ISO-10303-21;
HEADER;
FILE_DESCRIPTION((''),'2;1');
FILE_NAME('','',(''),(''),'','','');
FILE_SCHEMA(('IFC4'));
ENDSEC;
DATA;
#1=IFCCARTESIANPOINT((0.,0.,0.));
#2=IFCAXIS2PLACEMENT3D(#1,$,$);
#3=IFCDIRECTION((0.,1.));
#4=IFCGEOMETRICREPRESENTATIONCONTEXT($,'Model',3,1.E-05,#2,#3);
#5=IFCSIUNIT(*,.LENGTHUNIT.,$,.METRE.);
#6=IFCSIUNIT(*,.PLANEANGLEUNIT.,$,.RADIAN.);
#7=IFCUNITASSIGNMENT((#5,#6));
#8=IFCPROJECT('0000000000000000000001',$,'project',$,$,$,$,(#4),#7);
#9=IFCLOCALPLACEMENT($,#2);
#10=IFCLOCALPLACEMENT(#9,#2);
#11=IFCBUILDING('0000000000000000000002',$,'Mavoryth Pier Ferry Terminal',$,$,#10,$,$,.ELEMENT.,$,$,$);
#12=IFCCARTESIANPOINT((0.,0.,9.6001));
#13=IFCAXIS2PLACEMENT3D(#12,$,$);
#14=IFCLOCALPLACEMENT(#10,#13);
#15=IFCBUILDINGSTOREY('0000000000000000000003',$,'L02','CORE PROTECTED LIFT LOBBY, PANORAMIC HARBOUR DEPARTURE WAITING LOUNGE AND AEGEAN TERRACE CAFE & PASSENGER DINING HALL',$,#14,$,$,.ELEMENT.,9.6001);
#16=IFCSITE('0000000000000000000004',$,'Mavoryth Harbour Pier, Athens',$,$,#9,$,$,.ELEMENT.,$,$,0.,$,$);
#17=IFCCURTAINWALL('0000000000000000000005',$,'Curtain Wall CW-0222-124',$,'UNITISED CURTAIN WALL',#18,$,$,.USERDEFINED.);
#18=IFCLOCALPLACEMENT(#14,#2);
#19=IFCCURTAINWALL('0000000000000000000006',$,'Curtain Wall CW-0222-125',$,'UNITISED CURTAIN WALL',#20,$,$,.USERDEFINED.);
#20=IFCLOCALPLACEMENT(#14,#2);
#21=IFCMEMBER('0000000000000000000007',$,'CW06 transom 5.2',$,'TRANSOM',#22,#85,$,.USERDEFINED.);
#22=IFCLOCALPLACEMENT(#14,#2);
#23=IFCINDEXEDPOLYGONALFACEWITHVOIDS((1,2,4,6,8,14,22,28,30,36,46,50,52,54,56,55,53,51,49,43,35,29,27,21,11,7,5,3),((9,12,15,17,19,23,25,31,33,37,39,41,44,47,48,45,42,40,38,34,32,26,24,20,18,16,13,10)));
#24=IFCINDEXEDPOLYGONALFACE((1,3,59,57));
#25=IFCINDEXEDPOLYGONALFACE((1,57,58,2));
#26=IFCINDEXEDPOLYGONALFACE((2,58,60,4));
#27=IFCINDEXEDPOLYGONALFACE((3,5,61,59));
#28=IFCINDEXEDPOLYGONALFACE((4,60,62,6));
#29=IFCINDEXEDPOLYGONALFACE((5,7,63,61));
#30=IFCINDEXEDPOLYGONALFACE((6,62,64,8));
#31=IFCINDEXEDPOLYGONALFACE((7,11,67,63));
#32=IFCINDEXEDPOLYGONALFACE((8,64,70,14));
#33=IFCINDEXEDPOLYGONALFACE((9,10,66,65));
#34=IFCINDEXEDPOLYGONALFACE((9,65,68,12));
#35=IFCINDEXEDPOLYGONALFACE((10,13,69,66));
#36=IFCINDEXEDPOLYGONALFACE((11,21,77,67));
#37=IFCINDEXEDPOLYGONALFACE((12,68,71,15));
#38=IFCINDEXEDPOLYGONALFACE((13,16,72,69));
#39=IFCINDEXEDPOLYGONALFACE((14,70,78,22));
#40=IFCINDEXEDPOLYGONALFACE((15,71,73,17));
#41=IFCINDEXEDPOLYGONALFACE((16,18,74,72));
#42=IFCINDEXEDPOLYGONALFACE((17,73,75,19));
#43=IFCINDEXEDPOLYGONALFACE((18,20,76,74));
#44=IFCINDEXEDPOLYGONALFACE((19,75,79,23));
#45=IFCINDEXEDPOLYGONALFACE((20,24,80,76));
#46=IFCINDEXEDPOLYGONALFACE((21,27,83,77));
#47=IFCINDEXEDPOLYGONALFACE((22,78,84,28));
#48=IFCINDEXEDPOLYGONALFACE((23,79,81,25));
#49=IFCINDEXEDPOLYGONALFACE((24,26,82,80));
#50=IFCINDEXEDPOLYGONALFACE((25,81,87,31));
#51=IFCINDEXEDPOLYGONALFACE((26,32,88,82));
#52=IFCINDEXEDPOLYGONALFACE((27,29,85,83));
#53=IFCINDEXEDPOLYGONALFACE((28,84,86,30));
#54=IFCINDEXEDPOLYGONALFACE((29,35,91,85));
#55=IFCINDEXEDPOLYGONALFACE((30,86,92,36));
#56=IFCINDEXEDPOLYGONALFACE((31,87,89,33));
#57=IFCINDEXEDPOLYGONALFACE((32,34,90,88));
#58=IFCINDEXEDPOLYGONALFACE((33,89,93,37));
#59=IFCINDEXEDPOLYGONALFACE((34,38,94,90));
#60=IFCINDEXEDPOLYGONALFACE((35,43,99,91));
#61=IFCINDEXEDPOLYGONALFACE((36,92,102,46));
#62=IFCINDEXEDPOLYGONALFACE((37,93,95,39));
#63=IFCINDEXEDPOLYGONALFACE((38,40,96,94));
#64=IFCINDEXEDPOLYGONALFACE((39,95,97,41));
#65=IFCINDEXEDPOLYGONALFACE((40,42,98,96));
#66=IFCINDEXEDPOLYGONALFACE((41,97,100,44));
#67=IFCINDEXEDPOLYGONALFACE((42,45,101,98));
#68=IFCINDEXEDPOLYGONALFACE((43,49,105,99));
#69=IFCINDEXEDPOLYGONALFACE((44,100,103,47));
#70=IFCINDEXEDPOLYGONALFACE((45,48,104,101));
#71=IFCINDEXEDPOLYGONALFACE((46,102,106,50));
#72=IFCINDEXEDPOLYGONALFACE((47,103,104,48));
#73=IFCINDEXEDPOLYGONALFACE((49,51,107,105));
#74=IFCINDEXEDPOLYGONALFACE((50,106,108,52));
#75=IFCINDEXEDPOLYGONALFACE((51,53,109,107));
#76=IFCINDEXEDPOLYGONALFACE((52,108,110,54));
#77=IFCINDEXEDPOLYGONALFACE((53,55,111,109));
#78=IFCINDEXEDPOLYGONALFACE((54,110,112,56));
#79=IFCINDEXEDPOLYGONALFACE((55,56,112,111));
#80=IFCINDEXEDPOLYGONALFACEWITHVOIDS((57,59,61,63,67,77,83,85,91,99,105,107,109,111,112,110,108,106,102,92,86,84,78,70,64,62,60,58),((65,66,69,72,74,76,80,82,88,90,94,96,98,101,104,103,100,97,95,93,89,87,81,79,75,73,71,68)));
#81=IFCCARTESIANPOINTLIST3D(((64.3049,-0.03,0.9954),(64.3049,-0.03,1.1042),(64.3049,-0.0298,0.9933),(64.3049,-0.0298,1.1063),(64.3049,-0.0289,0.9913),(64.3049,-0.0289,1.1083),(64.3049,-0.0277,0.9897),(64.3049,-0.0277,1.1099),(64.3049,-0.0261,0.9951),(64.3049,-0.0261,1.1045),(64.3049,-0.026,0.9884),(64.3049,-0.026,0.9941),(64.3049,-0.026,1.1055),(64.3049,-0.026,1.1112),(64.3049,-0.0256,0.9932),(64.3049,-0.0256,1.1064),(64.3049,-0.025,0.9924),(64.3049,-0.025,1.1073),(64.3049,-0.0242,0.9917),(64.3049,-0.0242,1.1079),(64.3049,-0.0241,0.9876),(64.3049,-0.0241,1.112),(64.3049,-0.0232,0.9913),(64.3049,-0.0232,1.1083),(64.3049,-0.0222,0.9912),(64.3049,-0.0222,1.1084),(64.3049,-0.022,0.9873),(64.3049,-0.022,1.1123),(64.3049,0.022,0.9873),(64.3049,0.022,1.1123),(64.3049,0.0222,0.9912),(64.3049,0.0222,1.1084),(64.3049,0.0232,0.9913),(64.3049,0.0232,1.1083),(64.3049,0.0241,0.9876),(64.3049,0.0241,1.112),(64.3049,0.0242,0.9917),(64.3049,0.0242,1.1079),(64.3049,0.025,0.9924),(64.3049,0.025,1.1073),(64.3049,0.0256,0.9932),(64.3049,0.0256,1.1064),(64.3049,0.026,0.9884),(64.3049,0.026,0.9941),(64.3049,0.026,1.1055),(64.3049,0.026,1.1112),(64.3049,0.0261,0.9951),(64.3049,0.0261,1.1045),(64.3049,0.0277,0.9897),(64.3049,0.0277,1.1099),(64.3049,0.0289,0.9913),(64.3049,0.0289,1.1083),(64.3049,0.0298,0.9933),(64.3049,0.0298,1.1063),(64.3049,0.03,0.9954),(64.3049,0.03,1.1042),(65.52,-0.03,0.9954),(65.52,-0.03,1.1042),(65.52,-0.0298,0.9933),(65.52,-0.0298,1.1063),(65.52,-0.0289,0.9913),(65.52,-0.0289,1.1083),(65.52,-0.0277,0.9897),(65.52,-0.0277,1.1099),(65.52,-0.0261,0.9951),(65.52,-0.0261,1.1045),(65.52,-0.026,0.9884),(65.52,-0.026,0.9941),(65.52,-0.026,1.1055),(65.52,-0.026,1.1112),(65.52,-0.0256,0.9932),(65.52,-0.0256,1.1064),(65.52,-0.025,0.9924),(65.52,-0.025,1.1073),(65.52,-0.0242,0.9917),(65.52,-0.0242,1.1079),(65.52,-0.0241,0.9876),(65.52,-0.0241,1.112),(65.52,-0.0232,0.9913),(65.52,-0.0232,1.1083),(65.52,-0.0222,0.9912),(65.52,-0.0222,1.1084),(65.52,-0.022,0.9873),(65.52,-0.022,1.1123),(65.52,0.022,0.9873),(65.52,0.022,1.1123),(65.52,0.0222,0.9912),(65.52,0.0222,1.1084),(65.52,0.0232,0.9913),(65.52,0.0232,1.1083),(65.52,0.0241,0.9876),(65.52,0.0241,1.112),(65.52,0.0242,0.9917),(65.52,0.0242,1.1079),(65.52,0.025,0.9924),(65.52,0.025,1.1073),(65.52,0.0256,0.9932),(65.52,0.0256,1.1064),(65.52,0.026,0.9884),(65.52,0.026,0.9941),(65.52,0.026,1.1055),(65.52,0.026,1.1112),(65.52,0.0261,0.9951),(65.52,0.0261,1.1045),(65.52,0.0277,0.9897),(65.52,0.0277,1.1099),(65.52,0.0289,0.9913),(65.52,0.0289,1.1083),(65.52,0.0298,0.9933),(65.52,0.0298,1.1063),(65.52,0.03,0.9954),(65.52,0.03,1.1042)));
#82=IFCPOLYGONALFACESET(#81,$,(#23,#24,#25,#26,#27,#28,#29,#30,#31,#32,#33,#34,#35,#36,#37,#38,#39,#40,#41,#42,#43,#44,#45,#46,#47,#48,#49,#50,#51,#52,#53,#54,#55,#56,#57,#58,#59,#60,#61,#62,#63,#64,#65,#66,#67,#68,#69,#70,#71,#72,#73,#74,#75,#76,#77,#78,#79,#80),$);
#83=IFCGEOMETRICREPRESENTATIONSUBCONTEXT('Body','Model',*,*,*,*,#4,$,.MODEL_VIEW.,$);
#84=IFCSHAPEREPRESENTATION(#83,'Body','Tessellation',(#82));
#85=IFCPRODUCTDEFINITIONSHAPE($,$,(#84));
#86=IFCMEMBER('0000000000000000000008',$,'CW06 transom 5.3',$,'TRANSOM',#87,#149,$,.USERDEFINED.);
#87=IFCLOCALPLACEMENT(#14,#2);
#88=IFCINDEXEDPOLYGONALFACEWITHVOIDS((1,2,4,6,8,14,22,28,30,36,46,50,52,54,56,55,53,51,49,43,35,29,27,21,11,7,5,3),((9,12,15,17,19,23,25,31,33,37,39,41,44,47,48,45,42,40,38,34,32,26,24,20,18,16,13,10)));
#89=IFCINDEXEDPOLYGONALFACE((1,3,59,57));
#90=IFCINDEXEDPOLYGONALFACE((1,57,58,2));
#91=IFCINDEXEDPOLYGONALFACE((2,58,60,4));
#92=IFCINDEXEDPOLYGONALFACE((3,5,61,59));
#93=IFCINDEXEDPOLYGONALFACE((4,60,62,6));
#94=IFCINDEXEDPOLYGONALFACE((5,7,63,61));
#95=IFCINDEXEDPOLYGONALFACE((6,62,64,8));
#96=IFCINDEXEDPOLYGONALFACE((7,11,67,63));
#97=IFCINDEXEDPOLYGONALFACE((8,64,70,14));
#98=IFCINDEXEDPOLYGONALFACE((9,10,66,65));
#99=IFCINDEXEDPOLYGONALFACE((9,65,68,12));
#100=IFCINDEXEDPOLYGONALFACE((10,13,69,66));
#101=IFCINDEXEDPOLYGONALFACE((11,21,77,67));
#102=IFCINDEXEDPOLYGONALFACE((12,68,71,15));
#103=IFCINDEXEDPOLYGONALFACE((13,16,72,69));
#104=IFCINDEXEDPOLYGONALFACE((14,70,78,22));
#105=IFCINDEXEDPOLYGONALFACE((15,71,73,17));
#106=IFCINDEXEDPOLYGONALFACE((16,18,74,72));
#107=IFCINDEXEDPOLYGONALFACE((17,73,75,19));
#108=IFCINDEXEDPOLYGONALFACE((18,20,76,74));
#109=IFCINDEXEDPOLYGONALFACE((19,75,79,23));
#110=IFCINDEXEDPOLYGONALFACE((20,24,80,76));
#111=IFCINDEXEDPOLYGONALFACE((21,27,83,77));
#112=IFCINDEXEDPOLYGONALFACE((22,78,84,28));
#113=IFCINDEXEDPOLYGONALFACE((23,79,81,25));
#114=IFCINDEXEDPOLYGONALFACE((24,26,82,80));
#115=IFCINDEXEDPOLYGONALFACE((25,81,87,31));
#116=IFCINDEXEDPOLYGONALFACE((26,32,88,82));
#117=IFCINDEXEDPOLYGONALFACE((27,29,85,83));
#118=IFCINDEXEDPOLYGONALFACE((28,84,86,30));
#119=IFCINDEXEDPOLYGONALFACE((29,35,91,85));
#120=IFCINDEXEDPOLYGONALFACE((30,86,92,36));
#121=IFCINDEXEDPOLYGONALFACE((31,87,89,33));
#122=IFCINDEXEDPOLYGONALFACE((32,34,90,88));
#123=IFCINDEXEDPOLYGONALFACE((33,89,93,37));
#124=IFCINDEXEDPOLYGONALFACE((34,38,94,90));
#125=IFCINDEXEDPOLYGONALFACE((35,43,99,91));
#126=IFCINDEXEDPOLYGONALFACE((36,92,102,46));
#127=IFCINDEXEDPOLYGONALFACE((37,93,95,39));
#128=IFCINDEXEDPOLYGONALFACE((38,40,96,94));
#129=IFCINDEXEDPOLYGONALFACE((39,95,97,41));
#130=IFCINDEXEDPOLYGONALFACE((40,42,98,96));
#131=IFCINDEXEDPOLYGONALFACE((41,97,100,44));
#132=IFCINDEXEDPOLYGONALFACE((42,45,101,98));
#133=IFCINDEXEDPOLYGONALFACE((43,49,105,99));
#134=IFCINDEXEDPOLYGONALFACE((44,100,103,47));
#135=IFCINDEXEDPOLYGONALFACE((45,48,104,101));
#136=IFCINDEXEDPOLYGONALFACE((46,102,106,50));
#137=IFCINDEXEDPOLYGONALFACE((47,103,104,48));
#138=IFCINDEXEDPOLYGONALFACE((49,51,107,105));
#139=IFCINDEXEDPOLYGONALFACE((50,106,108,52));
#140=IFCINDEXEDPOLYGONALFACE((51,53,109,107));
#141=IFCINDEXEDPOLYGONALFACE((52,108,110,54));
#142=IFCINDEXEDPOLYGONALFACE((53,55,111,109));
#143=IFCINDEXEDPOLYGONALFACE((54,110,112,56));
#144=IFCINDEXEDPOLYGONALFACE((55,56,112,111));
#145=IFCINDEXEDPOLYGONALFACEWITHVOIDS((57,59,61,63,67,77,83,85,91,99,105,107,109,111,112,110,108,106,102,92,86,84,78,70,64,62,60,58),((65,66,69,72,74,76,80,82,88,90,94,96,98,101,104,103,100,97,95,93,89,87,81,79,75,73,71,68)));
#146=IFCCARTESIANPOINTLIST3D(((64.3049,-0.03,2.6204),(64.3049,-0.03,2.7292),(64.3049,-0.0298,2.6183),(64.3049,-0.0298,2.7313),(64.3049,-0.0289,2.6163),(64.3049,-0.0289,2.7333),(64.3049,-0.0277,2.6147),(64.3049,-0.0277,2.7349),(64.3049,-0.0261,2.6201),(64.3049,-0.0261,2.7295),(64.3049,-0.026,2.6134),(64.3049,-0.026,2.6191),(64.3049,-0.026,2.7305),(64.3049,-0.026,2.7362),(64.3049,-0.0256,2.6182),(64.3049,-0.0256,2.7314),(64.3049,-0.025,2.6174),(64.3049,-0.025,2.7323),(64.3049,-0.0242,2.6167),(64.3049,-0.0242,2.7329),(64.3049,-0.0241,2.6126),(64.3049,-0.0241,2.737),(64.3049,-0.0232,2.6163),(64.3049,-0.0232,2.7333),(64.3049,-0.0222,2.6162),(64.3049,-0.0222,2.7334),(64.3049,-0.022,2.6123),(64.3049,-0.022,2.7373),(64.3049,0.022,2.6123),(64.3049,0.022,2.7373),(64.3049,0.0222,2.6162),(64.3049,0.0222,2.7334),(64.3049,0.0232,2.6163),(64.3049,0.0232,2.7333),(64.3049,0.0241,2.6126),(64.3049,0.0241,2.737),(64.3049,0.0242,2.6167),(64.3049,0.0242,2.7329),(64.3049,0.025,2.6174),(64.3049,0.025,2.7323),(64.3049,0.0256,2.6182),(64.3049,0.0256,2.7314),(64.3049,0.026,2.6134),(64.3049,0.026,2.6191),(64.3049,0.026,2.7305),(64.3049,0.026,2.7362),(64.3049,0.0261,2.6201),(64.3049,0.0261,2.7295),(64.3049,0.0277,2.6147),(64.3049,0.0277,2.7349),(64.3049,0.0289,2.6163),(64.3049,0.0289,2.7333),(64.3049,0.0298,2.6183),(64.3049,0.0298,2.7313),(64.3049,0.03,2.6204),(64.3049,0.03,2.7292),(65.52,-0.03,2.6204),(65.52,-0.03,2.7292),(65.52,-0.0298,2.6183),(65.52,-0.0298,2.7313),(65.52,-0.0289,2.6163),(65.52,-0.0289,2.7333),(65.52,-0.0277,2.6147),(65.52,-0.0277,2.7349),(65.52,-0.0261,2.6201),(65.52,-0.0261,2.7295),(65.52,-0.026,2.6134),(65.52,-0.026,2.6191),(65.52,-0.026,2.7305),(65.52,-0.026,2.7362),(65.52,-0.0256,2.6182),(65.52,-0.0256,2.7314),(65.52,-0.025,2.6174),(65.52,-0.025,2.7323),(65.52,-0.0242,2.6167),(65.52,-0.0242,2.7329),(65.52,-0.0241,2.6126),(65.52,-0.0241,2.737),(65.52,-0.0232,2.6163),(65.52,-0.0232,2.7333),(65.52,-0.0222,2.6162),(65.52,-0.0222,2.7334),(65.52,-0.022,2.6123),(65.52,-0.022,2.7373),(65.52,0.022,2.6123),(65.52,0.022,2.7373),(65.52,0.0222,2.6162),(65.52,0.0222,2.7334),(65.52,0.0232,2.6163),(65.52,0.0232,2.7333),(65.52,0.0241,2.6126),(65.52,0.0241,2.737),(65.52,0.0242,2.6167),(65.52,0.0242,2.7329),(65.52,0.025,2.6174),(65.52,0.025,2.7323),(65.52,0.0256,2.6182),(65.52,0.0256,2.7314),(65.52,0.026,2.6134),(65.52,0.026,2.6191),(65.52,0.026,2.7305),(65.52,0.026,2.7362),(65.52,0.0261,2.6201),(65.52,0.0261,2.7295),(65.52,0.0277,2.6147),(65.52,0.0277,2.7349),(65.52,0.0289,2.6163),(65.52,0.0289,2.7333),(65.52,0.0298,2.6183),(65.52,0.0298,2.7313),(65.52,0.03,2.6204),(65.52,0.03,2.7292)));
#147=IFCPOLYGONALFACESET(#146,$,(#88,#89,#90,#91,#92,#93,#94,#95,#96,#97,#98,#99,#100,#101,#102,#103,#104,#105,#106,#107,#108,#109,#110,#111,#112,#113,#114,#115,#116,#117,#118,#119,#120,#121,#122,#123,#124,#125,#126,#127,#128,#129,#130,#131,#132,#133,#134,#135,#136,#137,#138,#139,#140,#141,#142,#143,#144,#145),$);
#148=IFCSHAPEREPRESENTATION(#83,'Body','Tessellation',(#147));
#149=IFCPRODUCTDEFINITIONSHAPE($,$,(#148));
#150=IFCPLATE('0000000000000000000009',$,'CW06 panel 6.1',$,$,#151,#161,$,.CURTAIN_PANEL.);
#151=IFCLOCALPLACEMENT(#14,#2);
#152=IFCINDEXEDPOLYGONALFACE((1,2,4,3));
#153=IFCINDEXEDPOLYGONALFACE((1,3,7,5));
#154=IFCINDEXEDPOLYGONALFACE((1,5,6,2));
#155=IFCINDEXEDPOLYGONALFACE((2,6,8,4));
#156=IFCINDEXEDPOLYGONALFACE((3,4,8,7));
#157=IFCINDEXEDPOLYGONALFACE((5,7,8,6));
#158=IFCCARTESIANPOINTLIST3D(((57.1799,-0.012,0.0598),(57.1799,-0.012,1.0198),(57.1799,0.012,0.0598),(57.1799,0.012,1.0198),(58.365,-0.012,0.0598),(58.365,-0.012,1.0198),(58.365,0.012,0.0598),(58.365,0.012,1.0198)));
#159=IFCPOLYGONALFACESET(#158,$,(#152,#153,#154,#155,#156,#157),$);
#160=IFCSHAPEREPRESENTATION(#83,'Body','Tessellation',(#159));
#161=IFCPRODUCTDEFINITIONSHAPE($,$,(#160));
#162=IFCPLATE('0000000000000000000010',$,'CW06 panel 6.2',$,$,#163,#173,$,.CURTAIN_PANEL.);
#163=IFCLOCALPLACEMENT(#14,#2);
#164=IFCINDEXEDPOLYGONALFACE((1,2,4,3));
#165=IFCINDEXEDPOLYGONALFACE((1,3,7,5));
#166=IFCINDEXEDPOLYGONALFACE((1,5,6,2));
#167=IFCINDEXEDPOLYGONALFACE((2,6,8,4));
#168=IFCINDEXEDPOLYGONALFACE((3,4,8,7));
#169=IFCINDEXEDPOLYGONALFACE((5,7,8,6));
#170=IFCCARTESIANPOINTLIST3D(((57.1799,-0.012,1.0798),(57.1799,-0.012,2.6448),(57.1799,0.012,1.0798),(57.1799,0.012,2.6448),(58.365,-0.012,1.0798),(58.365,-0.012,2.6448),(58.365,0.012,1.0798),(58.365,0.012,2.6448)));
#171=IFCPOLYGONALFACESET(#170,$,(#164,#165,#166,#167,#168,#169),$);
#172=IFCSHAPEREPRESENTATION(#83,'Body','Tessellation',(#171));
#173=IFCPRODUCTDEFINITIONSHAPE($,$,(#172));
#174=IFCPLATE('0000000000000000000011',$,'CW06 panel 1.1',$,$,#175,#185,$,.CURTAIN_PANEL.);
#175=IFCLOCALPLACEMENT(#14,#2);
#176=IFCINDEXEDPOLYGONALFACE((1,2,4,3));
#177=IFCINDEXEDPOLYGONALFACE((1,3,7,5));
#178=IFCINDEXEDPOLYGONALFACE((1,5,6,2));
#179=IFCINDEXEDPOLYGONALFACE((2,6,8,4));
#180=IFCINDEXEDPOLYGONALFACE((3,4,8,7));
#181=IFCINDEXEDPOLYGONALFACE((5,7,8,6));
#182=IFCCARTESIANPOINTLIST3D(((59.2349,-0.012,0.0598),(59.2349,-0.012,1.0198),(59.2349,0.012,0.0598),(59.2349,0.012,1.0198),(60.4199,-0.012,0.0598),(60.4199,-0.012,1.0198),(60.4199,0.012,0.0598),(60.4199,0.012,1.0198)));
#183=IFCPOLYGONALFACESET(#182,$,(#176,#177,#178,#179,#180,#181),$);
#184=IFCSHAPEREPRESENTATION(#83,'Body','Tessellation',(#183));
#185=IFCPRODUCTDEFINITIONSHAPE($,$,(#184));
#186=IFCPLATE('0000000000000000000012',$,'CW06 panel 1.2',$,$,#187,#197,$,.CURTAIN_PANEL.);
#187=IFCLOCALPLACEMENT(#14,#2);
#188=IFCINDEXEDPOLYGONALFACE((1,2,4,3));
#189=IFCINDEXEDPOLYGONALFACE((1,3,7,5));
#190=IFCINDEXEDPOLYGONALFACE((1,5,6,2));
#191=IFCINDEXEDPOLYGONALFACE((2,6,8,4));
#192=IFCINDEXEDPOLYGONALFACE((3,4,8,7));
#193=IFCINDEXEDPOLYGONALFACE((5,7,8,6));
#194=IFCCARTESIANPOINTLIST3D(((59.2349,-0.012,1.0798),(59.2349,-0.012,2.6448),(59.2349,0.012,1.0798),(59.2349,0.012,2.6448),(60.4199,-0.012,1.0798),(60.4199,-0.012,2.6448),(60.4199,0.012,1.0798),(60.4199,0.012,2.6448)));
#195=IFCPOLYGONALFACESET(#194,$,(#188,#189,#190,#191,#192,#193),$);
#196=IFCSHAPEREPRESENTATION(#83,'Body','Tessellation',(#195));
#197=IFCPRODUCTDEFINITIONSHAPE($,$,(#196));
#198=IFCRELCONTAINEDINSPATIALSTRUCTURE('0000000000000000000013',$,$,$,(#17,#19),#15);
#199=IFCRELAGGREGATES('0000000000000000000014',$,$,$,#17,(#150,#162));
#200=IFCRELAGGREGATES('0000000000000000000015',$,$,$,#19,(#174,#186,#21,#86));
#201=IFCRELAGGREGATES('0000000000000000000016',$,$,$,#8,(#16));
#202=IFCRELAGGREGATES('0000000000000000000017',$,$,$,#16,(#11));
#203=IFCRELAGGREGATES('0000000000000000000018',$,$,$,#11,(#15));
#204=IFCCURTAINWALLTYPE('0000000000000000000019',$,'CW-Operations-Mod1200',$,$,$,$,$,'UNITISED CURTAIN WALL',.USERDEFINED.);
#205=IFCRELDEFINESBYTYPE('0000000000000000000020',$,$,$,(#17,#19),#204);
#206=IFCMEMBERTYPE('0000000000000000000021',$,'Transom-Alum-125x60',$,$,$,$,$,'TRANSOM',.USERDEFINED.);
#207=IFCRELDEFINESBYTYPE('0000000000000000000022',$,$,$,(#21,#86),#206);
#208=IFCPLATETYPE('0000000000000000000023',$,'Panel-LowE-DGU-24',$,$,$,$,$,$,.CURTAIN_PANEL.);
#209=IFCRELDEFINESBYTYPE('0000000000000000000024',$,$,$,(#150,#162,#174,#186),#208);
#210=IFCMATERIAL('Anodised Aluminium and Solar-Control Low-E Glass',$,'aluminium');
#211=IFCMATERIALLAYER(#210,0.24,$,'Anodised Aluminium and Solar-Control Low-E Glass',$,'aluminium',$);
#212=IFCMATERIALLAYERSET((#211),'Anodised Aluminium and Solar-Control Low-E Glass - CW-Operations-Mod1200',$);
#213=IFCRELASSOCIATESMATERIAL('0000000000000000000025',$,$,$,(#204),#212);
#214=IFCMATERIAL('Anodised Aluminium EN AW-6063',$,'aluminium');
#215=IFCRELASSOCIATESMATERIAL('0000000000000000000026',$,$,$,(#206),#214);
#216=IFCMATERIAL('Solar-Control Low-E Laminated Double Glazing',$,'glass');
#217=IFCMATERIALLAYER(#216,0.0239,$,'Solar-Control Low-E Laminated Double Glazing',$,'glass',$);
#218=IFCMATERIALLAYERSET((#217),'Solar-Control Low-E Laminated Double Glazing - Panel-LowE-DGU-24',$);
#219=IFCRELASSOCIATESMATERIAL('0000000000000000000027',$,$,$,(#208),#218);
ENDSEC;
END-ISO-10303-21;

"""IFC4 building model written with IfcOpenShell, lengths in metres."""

from ifc_helpers import new_model, si_unit, direction, frame, origin, origin_2d, place, context, subcontext, project, spatial, rectangle, hollow_rectangle, extrude, material, layer, layer_set, material_profile, profile_set, type_object, element, aggregate, save


model = new_model("IFC4")

# Units and contexts
model_context = context("Model", 3, precision=1e-05, world=origin(), true_north=direction((0.0, 1.0)))
body_context = subcontext(model_context, "Body", "Model", "MODEL_VIEW")
ifc_project = project(units=[si_unit("LENGTHUNIT", "METRE"), si_unit("PLANEANGLEUNIT", "RADIAN")], contexts=[model_context])

# Site, building, storey
site_placement = place(None, origin())
site = spatial("IfcSite", under=ifc_project, at=site_placement, Name="Mavoryth Harbour Pier, Athens", CompositionType="ELEMENT", RefElevation=0.0)
building_placement = place(site_placement, origin())
building = spatial("IfcBuilding", under=site, at=building_placement, Name="Mavoryth Pier Ferry Terminal", CompositionType="ELEMENT")
storey_placement = place(building_placement, frame((0.0, 0.0, 9.6001)))
storey = spatial("IfcBuildingStorey", under=building, at=storey_placement, Name="L02", Description="CORE PROTECTED LIFT LOBBY, PANORAMIC HARBOUR DEPARTURE WAITING LOUNGE AND AEGEAN TERRACE CAFE & PASSENGER DINING HALL", CompositionType="ELEMENT", Elevation=9.6001)

# Curtain wall
ifc_material_1 = material(Name="Anodised Aluminium and Solar-Control Low-E Glass", Category="aluminium")
ifc_layer_1 = layer(ifc_material_1, 0.24, Name="Anodised Aluminium and Solar-Control Low-E Glass", Category="aluminium")
ifc_layer_set_1 = layer_set([ifc_layer_1], Name="Anodised Aluminium and Solar-Control Low-E Glass - CW-Operations-Mod1200")
curtain_wall_type = type_object("IfcCurtainWallType", Name="CW-Operations-Mod1200", ElementType="UNITISED CURTAIN WALL", PredefinedType="USERDEFINED", material=ifc_layer_set_1)
curtain_wall_1_placement = place(storey_placement, origin())
curtain_wall_1 = element("IfcCurtainWall", 1, at=curtain_wall_1_placement, inside=storey, type_object=curtain_wall_type, Name="Curtain Wall CW-0222-124", ObjectType="UNITISED CURTAIN WALL", PredefinedType="USERDEFINED")
ifc_material_2 = material(Name="Anodised Aluminium EN AW-6063", Category="aluminium")

# Curtain wall
curtain_wall_2_placement = place(storey_placement, origin())
curtain_wall_2 = element("IfcCurtainWall", 2, at=curtain_wall_2_placement, inside=storey, type_object=curtain_wall_type, Name="Curtain Wall CW-0222-125", ObjectType="UNITISED CURTAIN WALL", PredefinedType="USERDEFINED")

# Members
ifc_material_profile_1 = material_profile(ifc_material_2, hollow_rectangle(XDim=0.0601, YDim=0.125, WallThickness=0.0039, InnerFilletRadius=0.0039, OuterFilletRadius=0.0081, at=origin_2d()), Name="AL-TRAN 125x60x4", Category="aluminium")
ifc_profile_set_1 = profile_set([ifc_material_profile_1], Name="Anodised Aluminium EN AW-6063 - AL-TRAN 125x60x4")
member_type_1 = type_object("IfcMemberType", Name="Transom-Alum-125x60", ElementType="TRANSOM", PredefinedType="USERDEFINED", material=ifc_profile_set_1)
member_1_placement = place(storey_placement, frame((64.3049, 0.0, 1.0498), z_axis=(1.0, 0.0, 0.0), x_axis=(0.0, 1.0, 0.0)))
member_1 = element("IfcMember", 3, at=member_1_placement, type_object=member_type_1, Name="CW06 transom 5.2", ObjectType="TRANSOM", PredefinedType="USERDEFINED", context=body_context, shape_type="SweptSolid", body=[
    extrude(hollow_rectangle(XDim=0.0601, YDim=0.125, WallThickness=0.0039, InnerFilletRadius=0.0039, OuterFilletRadius=0.0081, at=origin_2d()), origin(), (0.0, 0.0, 1.0), 1.2151),
])
member_2_placement = place(storey_placement, frame((64.3049, 0.0, 2.6748), z_axis=(1.0, 0.0, 0.0), x_axis=(0.0, 1.0, 0.0)))
member_2 = element("IfcMember", 4, at=member_2_placement, type_object=member_type_1, Name="CW06 transom 5.3", ObjectType="TRANSOM", PredefinedType="USERDEFINED", context=body_context, shape_type="SweptSolid", body=[
    extrude(hollow_rectangle(XDim=0.0601, YDim=0.125, WallThickness=0.0039, InnerFilletRadius=0.0039, OuterFilletRadius=0.0081, at=origin_2d()), origin(), (0.0, 0.0, 1.0), 1.2151),
])

# Plates
ifc_material_3 = material(Name="Solar-Control Low-E Laminated Double Glazing", Category="glass")
ifc_layer_2 = layer(ifc_material_3, 0.0239, Name="Solar-Control Low-E Laminated Double Glazing", Category="glass")
ifc_layer_set_2 = layer_set([ifc_layer_2], Name="Solar-Control Low-E Laminated Double Glazing - Panel-LowE-DGU-24")
plate_type = type_object("IfcPlateType", Name="Panel-LowE-DGU-24", PredefinedType="CURTAIN_PANEL", material=ifc_layer_set_2)
plate_1_placement = place(storey_placement, frame((57.7725, 0.0, 0.0598), z_axis=(0.0, 0.0, 1.0), x_axis=(1.0, 0.0, 0.0)))
plate_1 = element("IfcPlate", 5, at=plate_1_placement, type_object=plate_type, Name="CW06 panel 6.1", PredefinedType="CURTAIN_PANEL", context=body_context, shape_type="SweptSolid", body=[
    extrude(rectangle(XDim=1.1851, YDim=0.0239, at=origin_2d()), origin(), (0.0, 0.0, 1.0), 0.96),
])
plate_2_placement = place(storey_placement, frame((57.7725, 0.0, 1.0798), z_axis=(0.0, 0.0, 1.0), x_axis=(1.0, 0.0, 0.0)))
plate_2 = element("IfcPlate", 6, at=plate_2_placement, type_object=plate_type, Name="CW06 panel 6.2", PredefinedType="CURTAIN_PANEL", context=body_context, shape_type="SweptSolid", body=[
    extrude(rectangle(XDim=1.1851, YDim=0.0239, at=origin_2d()), origin(), (0.0, 0.0, 1.0), 1.5649),
])
aggregate(curtain_wall_1, [plate_1, plate_2])
plate_3_placement = place(storey_placement, frame((59.8274, 0.0, 0.0598), z_axis=(0.0, 0.0, 1.0), x_axis=(1.0, 0.0, 0.0)))
plate_3 = element("IfcPlate", 7, at=plate_3_placement, type_object=plate_type, Name="CW06 panel 1.1", PredefinedType="CURTAIN_PANEL", context=body_context, shape_type="SweptSolid", body=[
    extrude(rectangle(XDim=1.1851, YDim=0.0239, at=origin_2d()), origin(), (0.0, 0.0, 1.0), 0.96),
])
plate_4_placement = place(storey_placement, frame((59.8274, 0.0, 1.0798), z_axis=(0.0, 0.0, 1.0), x_axis=(1.0, 0.0, 0.0)))
plate_4 = element("IfcPlate", 8, at=plate_4_placement, type_object=plate_type, Name="CW06 panel 1.2", PredefinedType="CURTAIN_PANEL", context=body_context, shape_type="SweptSolid", body=[
    extrude(rectangle(XDim=1.1851, YDim=0.0239, at=origin_2d()), origin(), (0.0, 0.0, 1.0), 1.5649),
])
aggregate(curtain_wall_2, [plate_3, plate_4, member_1, member_2])

save(model, "model.ifc")
